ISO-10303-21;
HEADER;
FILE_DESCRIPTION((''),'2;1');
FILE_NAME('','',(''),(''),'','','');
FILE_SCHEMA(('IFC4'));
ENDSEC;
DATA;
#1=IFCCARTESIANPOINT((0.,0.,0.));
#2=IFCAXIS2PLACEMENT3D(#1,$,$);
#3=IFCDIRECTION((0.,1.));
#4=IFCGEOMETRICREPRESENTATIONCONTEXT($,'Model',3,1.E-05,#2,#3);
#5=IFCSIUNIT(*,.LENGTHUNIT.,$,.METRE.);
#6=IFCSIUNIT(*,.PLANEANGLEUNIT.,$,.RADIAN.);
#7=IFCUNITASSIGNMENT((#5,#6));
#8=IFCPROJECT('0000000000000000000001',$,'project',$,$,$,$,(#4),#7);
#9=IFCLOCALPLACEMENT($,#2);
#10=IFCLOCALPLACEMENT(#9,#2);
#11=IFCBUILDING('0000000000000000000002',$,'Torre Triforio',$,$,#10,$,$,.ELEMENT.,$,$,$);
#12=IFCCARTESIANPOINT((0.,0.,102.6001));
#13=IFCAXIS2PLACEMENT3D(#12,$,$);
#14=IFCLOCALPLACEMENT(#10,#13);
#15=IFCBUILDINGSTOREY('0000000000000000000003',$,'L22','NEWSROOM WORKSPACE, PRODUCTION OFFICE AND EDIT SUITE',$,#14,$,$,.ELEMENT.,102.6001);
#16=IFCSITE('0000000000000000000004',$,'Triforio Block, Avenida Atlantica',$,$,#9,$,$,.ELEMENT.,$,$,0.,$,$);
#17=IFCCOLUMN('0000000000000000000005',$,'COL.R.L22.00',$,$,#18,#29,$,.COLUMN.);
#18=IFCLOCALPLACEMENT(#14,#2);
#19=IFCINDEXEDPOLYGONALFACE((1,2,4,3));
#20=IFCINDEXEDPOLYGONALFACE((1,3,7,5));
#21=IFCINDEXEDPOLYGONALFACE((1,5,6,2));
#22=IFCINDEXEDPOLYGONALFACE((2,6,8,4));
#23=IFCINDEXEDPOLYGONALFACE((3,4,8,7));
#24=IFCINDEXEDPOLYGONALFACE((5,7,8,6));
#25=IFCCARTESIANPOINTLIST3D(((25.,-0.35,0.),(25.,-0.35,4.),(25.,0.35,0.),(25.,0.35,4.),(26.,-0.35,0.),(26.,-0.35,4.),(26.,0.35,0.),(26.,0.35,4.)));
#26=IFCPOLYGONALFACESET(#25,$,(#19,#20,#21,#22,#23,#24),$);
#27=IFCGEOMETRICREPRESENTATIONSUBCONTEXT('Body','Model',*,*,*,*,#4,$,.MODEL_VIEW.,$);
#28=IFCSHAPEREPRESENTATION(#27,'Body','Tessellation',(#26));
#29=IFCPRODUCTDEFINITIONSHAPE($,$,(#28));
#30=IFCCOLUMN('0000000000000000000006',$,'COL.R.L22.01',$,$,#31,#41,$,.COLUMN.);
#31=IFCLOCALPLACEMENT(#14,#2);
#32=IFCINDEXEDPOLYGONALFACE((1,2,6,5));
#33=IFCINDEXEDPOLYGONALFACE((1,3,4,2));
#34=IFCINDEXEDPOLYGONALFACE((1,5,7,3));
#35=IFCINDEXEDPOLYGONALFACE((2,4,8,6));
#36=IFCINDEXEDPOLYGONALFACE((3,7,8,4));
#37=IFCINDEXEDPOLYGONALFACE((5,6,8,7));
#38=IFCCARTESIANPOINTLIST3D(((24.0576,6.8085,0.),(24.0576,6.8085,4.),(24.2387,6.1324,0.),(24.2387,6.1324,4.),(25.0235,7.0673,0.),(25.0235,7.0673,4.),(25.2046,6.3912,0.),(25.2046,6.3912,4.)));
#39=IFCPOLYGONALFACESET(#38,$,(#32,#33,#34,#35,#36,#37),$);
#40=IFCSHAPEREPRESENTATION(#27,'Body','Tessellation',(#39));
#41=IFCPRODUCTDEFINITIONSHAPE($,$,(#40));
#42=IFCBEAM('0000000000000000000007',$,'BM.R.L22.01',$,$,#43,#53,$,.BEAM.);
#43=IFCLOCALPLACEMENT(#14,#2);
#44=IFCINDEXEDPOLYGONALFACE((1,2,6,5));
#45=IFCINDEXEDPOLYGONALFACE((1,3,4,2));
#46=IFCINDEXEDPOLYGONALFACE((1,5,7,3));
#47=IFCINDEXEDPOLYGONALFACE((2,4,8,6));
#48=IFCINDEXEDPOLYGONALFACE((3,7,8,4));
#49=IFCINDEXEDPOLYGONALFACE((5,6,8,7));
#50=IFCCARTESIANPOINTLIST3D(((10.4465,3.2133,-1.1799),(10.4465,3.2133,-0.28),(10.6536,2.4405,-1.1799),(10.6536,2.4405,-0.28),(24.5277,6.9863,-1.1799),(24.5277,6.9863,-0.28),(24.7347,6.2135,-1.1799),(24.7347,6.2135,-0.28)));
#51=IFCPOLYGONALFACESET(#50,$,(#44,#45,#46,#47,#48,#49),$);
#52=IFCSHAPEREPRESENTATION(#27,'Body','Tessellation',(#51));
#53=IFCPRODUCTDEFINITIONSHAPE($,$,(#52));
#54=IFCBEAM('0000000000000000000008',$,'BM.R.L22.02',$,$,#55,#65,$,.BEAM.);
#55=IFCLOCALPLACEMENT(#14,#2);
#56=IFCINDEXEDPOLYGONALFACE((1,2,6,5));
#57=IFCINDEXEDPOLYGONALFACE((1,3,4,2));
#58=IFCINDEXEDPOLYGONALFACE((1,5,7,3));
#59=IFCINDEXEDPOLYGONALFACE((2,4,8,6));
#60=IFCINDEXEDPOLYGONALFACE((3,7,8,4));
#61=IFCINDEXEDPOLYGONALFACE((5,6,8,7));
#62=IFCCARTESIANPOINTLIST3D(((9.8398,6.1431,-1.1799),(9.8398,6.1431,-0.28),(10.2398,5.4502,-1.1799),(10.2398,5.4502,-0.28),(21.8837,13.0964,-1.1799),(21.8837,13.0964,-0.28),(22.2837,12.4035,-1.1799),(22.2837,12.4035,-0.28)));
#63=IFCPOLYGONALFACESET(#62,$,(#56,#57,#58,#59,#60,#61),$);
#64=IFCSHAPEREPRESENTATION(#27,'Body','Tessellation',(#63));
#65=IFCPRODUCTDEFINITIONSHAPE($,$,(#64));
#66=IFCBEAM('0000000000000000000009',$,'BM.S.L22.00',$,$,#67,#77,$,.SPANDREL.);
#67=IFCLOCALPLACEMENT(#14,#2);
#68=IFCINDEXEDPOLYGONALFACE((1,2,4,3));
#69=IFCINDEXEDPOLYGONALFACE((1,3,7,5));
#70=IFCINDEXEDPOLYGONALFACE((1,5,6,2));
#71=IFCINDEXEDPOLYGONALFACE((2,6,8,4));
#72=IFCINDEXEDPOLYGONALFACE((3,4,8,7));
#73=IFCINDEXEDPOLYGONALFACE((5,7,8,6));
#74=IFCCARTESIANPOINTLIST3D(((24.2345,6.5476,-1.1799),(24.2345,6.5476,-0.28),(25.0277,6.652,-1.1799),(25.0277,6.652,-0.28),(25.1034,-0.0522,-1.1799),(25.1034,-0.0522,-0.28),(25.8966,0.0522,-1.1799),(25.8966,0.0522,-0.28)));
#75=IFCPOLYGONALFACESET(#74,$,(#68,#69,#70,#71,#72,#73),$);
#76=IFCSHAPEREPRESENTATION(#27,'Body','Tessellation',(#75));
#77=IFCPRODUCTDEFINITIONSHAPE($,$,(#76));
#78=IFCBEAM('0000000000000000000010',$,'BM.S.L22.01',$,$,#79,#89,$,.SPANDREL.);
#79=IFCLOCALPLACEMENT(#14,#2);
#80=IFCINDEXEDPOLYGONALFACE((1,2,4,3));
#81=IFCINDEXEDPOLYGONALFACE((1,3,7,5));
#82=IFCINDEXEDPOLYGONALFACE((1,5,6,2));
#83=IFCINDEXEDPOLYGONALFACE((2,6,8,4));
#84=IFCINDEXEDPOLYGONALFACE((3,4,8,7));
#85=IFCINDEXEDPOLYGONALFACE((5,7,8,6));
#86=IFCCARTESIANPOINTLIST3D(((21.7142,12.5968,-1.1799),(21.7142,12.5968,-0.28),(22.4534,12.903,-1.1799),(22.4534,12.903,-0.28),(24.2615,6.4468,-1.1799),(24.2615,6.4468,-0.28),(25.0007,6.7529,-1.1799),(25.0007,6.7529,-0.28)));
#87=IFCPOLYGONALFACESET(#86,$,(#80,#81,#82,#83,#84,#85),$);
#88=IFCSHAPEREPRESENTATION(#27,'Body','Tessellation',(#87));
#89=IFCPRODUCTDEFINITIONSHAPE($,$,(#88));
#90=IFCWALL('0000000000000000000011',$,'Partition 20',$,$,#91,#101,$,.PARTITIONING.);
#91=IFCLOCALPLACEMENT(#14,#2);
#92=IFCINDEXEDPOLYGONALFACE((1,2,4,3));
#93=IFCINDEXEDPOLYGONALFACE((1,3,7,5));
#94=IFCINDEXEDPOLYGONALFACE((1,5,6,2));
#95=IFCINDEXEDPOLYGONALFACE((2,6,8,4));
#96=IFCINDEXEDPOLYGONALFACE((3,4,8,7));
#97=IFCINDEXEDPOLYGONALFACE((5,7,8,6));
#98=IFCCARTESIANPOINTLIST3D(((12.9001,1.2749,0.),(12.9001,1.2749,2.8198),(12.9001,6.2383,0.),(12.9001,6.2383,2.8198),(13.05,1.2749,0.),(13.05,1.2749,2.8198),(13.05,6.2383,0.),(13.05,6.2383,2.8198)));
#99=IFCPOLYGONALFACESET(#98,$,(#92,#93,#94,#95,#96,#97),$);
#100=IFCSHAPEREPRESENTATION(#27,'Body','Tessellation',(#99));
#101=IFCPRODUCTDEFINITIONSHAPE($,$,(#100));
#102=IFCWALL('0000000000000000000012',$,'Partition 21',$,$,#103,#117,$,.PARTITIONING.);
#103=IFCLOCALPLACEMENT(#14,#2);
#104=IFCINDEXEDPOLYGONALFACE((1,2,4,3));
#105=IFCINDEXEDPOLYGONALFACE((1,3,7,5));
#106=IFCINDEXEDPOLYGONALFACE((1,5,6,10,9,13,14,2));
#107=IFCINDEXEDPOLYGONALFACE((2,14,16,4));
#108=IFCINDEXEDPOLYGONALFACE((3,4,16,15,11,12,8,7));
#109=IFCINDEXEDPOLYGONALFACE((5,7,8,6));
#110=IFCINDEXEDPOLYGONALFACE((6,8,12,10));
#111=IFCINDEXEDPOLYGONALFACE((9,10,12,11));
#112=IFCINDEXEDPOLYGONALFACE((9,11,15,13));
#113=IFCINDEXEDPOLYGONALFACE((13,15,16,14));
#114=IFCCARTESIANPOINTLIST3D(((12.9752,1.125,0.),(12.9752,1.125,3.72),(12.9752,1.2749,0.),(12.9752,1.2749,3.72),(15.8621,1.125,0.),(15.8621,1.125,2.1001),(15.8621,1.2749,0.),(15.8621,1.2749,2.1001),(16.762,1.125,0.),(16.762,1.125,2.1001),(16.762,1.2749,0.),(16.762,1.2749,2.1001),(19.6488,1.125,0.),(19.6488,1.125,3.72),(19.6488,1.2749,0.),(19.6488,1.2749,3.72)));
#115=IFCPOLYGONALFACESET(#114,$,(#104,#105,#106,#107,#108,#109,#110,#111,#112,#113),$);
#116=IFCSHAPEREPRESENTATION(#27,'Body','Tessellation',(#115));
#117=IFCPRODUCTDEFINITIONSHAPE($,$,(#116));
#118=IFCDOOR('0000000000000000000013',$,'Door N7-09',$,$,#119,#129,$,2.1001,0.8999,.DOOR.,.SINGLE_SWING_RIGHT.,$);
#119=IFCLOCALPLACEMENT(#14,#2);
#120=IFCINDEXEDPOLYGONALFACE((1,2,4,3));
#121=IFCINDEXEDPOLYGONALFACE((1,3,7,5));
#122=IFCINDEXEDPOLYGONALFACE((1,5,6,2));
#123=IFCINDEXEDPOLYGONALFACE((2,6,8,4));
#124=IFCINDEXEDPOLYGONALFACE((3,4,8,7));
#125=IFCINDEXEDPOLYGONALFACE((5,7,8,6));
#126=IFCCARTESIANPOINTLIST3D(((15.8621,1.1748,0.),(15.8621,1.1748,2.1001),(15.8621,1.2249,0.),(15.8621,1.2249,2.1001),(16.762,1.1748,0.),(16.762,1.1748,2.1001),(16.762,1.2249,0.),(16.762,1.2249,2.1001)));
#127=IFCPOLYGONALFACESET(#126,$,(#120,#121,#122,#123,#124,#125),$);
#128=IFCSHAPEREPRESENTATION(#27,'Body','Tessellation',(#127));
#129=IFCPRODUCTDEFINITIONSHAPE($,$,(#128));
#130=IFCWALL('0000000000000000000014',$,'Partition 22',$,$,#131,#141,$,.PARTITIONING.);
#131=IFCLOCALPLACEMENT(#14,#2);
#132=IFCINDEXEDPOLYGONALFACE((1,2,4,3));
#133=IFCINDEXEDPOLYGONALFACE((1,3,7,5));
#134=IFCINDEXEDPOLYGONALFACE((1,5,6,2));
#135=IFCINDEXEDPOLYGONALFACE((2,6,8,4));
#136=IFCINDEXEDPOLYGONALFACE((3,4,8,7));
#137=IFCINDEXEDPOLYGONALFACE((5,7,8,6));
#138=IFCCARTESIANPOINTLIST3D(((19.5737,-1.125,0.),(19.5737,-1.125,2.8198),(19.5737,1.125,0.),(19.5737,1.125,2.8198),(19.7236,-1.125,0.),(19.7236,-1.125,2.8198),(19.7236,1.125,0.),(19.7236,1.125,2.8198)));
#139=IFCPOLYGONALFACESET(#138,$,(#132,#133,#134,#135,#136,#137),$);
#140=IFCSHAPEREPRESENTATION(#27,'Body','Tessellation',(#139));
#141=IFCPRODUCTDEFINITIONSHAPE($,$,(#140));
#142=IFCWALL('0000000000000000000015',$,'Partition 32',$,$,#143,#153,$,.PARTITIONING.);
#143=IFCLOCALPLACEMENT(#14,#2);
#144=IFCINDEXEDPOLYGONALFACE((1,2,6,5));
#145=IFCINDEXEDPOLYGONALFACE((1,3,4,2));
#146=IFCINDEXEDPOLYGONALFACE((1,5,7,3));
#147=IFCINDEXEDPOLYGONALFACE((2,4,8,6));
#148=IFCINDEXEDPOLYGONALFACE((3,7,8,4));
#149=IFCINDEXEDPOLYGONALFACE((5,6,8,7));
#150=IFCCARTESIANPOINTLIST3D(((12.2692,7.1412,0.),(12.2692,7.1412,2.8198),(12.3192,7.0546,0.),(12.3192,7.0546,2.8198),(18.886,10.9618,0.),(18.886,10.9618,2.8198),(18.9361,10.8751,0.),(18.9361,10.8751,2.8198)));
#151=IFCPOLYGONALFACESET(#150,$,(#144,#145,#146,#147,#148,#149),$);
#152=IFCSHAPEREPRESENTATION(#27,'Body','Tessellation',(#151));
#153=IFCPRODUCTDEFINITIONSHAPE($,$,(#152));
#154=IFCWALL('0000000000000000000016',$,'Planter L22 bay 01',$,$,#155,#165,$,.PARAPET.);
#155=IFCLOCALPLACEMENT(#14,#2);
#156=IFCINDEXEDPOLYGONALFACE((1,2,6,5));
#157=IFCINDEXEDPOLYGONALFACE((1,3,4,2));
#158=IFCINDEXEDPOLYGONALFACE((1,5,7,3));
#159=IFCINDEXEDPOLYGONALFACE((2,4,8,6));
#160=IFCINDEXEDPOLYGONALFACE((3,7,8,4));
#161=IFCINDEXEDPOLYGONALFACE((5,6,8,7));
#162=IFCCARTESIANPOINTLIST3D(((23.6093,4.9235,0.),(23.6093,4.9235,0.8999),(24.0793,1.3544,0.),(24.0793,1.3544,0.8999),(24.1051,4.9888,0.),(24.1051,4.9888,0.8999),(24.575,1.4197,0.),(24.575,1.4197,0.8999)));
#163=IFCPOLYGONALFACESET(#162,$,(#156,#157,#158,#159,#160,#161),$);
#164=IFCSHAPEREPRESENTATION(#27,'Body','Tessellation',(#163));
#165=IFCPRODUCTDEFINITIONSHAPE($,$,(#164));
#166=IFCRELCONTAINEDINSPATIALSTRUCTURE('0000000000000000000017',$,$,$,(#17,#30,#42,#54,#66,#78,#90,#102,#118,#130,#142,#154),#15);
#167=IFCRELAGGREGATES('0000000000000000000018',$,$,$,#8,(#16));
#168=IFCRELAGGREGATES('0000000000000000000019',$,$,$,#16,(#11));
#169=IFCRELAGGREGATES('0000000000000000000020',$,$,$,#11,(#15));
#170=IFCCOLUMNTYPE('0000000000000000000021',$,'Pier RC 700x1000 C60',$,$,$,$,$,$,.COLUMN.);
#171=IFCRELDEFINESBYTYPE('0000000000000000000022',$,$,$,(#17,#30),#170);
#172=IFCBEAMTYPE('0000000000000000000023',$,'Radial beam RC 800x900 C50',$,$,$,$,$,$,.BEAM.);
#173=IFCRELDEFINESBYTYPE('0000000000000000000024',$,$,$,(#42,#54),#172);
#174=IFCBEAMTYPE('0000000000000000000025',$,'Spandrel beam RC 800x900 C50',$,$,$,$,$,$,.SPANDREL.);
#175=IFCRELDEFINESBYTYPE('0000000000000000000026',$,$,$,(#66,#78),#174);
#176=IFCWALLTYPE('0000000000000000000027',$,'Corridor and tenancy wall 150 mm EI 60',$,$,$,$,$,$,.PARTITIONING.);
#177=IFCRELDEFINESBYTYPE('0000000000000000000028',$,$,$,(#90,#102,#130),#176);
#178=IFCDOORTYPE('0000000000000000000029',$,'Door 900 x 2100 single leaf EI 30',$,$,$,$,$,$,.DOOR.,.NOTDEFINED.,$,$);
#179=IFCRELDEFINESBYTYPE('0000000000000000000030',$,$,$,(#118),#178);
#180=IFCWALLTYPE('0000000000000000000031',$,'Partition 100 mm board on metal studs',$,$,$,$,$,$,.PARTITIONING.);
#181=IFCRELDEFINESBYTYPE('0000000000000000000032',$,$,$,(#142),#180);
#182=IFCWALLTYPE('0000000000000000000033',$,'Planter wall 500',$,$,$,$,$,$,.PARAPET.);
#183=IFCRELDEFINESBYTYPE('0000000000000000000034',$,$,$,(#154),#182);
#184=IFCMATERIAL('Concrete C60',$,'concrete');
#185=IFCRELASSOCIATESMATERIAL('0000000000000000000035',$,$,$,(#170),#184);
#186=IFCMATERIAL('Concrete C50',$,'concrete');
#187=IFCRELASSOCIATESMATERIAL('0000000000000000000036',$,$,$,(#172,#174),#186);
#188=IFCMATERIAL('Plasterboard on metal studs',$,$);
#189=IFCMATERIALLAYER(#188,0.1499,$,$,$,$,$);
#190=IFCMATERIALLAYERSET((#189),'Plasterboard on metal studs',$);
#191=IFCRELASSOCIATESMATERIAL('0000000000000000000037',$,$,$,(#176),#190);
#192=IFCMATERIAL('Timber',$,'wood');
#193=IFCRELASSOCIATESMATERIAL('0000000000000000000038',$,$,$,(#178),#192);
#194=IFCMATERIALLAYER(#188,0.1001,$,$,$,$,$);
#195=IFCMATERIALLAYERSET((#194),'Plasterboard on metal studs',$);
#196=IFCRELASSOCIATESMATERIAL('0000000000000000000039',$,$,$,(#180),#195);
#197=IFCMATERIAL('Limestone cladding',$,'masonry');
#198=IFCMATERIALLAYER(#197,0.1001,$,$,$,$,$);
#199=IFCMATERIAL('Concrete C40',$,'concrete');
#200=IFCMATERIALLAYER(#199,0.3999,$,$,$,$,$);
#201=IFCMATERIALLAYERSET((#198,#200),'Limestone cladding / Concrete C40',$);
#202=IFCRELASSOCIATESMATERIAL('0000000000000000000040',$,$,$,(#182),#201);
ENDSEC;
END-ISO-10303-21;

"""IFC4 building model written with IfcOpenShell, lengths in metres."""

from ifc_helpers import new_model, si_unit, direction, frame, frame_2d, origin, origin_2d, place, context, subcontext, project, spatial, rectangle, extrude, material, layer, layer_set, material_profile, profile_set, type_object, element, fill, save


model = new_model("IFC4")

# Units and contexts
model_context = context("Model", 3, precision=1e-05, world=origin(), true_north=direction((0.0, 1.0)))
body_context = subcontext(model_context, "Body", "Model", "MODEL_VIEW")
ifc_project = project(units=[si_unit("LENGTHUNIT", "METRE"), si_unit("PLANEANGLEUNIT", "RADIAN")], contexts=[model_context])

# Site, building, storey
site_placement = place(None, origin())
site = spatial("IfcSite", under=ifc_project, at=site_placement, Name="Triforio Block, Avenida Atlantica", CompositionType="ELEMENT", RefElevation=0.0)
building_placement = place(site_placement, origin())
building = spatial("IfcBuilding", under=site, at=building_placement, Name="Torre Triforio", CompositionType="ELEMENT")
storey_placement = place(building_placement, frame((0.0, 0.0, 102.6001)))
storey = spatial("IfcBuildingStorey", under=building, at=storey_placement, Name="L22", Description="NEWSROOM WORKSPACE, PRODUCTION OFFICE AND EDIT SUITE", CompositionType="ELEMENT", Elevation=102.6001)

# Columns
ifc_material_1 = material(Name="Concrete C60", Category="concrete")
ifc_material_profile_1 = material_profile(ifc_material_1, rectangle(XDim=0.7, YDim=1.0, at=origin_2d()), Name="RC 700x1000")
ifc_profile_set_1 = profile_set([ifc_material_profile_1], Name="Concrete C60")
column_type = type_object("IfcColumnType", Name="Pier RC 700x1000 C60", PredefinedType="COLUMN", material=ifc_profile_set_1)
for number, where, z_axis, x_axis, name in (
    (1, (25.5, 0.0, 0.0), (0.0, 0.0, 1.0), (0.0, 1.0, 0.0), "COL.R.L22.00"),
    (2, (24.6311, 6.5999, 0.0), (0.0, 0.0, 1.0), (-0.258819, 0.965926, 0.0), "COL.R.L22.01"),
):
    element("IfcColumn", number, at=place(storey_placement, frame(where, z_axis=z_axis, x_axis=x_axis)), inside=storey, type_object=column_type, Name=name, PredefinedType="COLUMN", context=body_context, shape_type="SweptSolid", body=[
        extrude(rectangle(XDim=0.7, YDim=1.0, at=origin_2d()), origin(), (0.0, 0.0, 1.0), 4.0),
    ])

# Beams
ifc_material_2 = material(Name="Concrete C50", Category="concrete")
ifc_material_profile_2 = material_profile(ifc_material_2, rectangle(XDim=0.8, YDim=0.8999, at=origin_2d()), Name="RC 800x900")
ifc_profile_set_2 = profile_set([ifc_material_profile_2], Name="Concrete C50")
beam_type_1 = type_object("IfcBeamType", Name="Radial beam RC 800x900 C50", PredefinedType="BEAM", material=ifc_profile_set_2)
beam_1_placement = place(storey_placement, frame((10.55, 2.8269, -0.73), z_axis=(0.965927, 0.258815, 0.0), x_axis=(-0.258815, 0.965927, 0.0)))
element("IfcBeam", 3, at=beam_1_placement, inside=storey, type_object=beam_type_1, Name="BM.R.L22.01", PredefinedType="BEAM", context=body_context, shape_type="SweptSolid", body=[
    extrude(rectangle(XDim=0.8, YDim=0.8999, at=origin_2d()), origin(), (0.0, 0.0, 1.0), 14.5779),
])
beam_2_placement = place(storey_placement, frame((10.0398, 5.7966, -0.73), z_axis=(0.866032, 0.499989, 0.0), x_axis=(-0.499989, 0.866032, 0.0)))
element("IfcBeam", 4, at=beam_2_placement, inside=storey, type_object=beam_type_1, Name="BM.R.L22.02", PredefinedType="BEAM", context=body_context, shape_type="SweptSolid", body=[
    extrude(rectangle(XDim=0.8, YDim=0.8999, at=origin_2d()), origin(), (0.0, 0.0, 1.0), 13.907),
])
ifc_material_profile_3 = material_profile(ifc_material_2, rectangle(XDim=0.8, YDim=0.8999, at=origin_2d()), Name="RC 800x900")
ifc_profile_set_3 = profile_set([ifc_material_profile_3], Name="Concrete C50")
beam_type_2 = type_object("IfcBeamType", Name="Spandrel beam RC 800x900 C50", PredefinedType="SPANDREL", material=ifc_profile_set_3)
for number, where, z_axis, x_axis, name in (
    (5, (25.5, 0.0, -0.73), (-0.130528, 0.991445, 0.0), (-0.991445, -0.130528, 0.0), "BM.S.L22.00"),
    (6, (24.6311, 6.5999, -0.73), (-0.382669, 0.923885, 0.0), (-0.923885, -0.382669, 0.0), "BM.S.L22.01"),
):
    element("IfcBeam", number, at=place(storey_placement, frame(where, z_axis=z_axis, x_axis=x_axis)), inside=storey, type_object=beam_type_2, Name=name, PredefinedType="SPANDREL", context=body_context, shape_type="SweptSolid", body=[
        extrude(rectangle(XDim=0.8, YDim=0.8999, at=origin_2d()), origin(), (0.0, 0.0, 1.0), 6.6567),
    ])

# Wall
ifc_material_3 = material(Name="Plasterboard on metal studs")
ifc_layer_1 = layer(ifc_material_3, 0.1499)
ifc_layer_set_1 = layer_set([ifc_layer_1], Name="Plasterboard on metal studs")
wall_type_1 = type_object("IfcWallType", Name="Corridor and tenancy wall 150 mm EI 60", PredefinedType="PARTITIONING", material=ifc_layer_set_1)
wall_1_placement = place(storey_placement, frame((12.9751, 6.2383, 0.0), z_axis=(0.0, 0.0, 1.0), x_axis=(0.0, -1.0, 0.0)))
element("IfcWall", 7, at=wall_1_placement, inside=storey, type_object=wall_type_1, Name="Partition 20", PredefinedType="PARTITIONING", context=body_context, shape_type="SweptSolid", body=[
    extrude(rectangle(XDim=4.9634, YDim=0.1499, at=frame_2d((2.4817, 0.0))), origin(), (0.0, 0.0, 1.0), 2.8198),
])

# Wall, opening, door
wall_2_placement = place(storey_placement, frame((12.9751, 1.2, 0.0), z_axis=(0.0, 0.0, 1.0), x_axis=(1.0, 0.0, 0.0)))
wall_2 = element("IfcWall", 8, at=wall_2_placement, inside=storey, type_object=wall_type_1, Name="Partition 21", PredefinedType="PARTITIONING", context=body_context, shape_type="SweptSolid", body=[
    extrude(rectangle(XDim=6.6736, YDim=0.1499, at=frame_2d((3.3369, 0.0))), origin(), (0.0, 0.0, 1.0), 3.72),
])
opening_1_placement = place(wall_2_placement, frame((2.887, 0.0, 0.0)))
opening_1 = element("IfcOpeningElement", 9, at=opening_1_placement, cuts=wall_2, PredefinedType="OPENING", context=body_context, shape_type="SweptSolid", body=[
    extrude(rectangle(XDim=0.8999, YDim=2.1001, at=frame_2d((0.45, 1.05))), frame((0.0, 0.085, 0.0), z_axis=(0.0, -1.0, 0.0), x_axis=(1.0, 0.0, 0.0)), (0.0, 0.0, 1.0), 0.1699),
])
ifc_material_4 = material(Name="Timber", Category="wood")
door_type_1 = type_object("IfcDoorType", Name="Door 900 x 2100 single leaf EI 30", OperationType="NOTDEFINED", PredefinedType="DOOR", material=ifc_material_4)
door_1_placement = place(opening_1_placement, origin())
door_1 = element("IfcDoor", 10, at=door_1_placement, inside=storey, type_object=door_type_1, Name="Door N7-09", OperationType="SINGLE_SWING_RIGHT", OverallHeight=2.1001, OverallWidth=0.8999, PredefinedType="DOOR", context=body_context, shape_type="SweptSolid", body=[
    extrude(rectangle(XDim=0.8999, YDim=2.1001, at=frame_2d((0.45, 1.05))), frame((0.0, 0.0249, 0.0), z_axis=(0.0, -1.0, 0.0), x_axis=(1.0, 0.0, 0.0)), (0.0, 0.0, 1.0), 0.05),
])
fill(opening_1, door_1)

# Walls
wall_3_placement = place(storey_placement, frame((19.6487, 1.125, 0.0), z_axis=(0.0, 0.0, 1.0), x_axis=(0.0, -1.0, 0.0)))
element("IfcWall", 11, at=wall_3_placement, inside=storey, type_object=wall_type_1, Name="Partition 22", PredefinedType="PARTITIONING", context=body_context, shape_type="SweptSolid", body=[
    extrude(rectangle(XDim=2.25, YDim=0.1499, at=frame_2d((1.125, 0.0))), origin(), (0.0, 0.0, 1.0), 2.8198),
])
ifc_layer_2 = layer(ifc_material_3, 0.1001)
ifc_layer_set_2 = layer_set([ifc_layer_2], Name="Plasterboard on metal studs")
wall_type_2 = type_object("IfcWallType", Name="Partition 100 mm board on metal studs", PredefinedType="PARTITIONING", material=ifc_layer_set_2)
wall_4_placement = place(storey_placement, frame((12.2942, 7.0979, 0.0), z_axis=(0.0, 0.0, 1.0), x_axis=(0.866011, 0.500026, 0.0)))
element("IfcWall", 12, at=wall_4_placement, inside=storey, type_object=wall_type_2, Name="Partition 32", PredefinedType="PARTITIONING", context=body_context, shape_type="SweptSolid", body=[
    extrude(rectangle(XDim=7.6406, YDim=0.1001, at=frame_2d((3.8203, 0.0))), origin(), (0.0, 0.0, 1.0), 2.8198),
])
ifc_material_5 = material(Name="Limestone cladding", Category="masonry")
ifc_layer_3 = layer(ifc_material_5, 0.1001)
ifc_material_6 = material(Name="Concrete C40", Category="concrete")
ifc_layer_4 = layer(ifc_material_6, 0.3999)
ifc_layer_set_3 = layer_set([ifc_layer_3, ifc_layer_4], Name="Limestone cladding / Concrete C40")
wall_type_3 = type_object("IfcWallType", Name="Planter wall 500", PredefinedType="PARAPET", material=ifc_layer_set_3)
wall_5_placement = place(storey_placement, frame((24.3271, 1.3872, 0.0), z_axis=(0.0, 0.0, 1.0), x_axis=(-0.130551, 0.991442, 0.0)))
element("IfcWall", 13, at=wall_5_placement, inside=storey, type_object=wall_type_3, Name="Planter L22 bay 01", PredefinedType="PARAPET", context=body_context, shape_type="SweptSolid", body=[
    extrude(rectangle(XDim=3.5999, YDim=0.5, at=frame_2d((1.7998, 0.0))), origin(), (0.0, 0.0, 1.0), 0.8999),
])

save(model, "model.ifc")
